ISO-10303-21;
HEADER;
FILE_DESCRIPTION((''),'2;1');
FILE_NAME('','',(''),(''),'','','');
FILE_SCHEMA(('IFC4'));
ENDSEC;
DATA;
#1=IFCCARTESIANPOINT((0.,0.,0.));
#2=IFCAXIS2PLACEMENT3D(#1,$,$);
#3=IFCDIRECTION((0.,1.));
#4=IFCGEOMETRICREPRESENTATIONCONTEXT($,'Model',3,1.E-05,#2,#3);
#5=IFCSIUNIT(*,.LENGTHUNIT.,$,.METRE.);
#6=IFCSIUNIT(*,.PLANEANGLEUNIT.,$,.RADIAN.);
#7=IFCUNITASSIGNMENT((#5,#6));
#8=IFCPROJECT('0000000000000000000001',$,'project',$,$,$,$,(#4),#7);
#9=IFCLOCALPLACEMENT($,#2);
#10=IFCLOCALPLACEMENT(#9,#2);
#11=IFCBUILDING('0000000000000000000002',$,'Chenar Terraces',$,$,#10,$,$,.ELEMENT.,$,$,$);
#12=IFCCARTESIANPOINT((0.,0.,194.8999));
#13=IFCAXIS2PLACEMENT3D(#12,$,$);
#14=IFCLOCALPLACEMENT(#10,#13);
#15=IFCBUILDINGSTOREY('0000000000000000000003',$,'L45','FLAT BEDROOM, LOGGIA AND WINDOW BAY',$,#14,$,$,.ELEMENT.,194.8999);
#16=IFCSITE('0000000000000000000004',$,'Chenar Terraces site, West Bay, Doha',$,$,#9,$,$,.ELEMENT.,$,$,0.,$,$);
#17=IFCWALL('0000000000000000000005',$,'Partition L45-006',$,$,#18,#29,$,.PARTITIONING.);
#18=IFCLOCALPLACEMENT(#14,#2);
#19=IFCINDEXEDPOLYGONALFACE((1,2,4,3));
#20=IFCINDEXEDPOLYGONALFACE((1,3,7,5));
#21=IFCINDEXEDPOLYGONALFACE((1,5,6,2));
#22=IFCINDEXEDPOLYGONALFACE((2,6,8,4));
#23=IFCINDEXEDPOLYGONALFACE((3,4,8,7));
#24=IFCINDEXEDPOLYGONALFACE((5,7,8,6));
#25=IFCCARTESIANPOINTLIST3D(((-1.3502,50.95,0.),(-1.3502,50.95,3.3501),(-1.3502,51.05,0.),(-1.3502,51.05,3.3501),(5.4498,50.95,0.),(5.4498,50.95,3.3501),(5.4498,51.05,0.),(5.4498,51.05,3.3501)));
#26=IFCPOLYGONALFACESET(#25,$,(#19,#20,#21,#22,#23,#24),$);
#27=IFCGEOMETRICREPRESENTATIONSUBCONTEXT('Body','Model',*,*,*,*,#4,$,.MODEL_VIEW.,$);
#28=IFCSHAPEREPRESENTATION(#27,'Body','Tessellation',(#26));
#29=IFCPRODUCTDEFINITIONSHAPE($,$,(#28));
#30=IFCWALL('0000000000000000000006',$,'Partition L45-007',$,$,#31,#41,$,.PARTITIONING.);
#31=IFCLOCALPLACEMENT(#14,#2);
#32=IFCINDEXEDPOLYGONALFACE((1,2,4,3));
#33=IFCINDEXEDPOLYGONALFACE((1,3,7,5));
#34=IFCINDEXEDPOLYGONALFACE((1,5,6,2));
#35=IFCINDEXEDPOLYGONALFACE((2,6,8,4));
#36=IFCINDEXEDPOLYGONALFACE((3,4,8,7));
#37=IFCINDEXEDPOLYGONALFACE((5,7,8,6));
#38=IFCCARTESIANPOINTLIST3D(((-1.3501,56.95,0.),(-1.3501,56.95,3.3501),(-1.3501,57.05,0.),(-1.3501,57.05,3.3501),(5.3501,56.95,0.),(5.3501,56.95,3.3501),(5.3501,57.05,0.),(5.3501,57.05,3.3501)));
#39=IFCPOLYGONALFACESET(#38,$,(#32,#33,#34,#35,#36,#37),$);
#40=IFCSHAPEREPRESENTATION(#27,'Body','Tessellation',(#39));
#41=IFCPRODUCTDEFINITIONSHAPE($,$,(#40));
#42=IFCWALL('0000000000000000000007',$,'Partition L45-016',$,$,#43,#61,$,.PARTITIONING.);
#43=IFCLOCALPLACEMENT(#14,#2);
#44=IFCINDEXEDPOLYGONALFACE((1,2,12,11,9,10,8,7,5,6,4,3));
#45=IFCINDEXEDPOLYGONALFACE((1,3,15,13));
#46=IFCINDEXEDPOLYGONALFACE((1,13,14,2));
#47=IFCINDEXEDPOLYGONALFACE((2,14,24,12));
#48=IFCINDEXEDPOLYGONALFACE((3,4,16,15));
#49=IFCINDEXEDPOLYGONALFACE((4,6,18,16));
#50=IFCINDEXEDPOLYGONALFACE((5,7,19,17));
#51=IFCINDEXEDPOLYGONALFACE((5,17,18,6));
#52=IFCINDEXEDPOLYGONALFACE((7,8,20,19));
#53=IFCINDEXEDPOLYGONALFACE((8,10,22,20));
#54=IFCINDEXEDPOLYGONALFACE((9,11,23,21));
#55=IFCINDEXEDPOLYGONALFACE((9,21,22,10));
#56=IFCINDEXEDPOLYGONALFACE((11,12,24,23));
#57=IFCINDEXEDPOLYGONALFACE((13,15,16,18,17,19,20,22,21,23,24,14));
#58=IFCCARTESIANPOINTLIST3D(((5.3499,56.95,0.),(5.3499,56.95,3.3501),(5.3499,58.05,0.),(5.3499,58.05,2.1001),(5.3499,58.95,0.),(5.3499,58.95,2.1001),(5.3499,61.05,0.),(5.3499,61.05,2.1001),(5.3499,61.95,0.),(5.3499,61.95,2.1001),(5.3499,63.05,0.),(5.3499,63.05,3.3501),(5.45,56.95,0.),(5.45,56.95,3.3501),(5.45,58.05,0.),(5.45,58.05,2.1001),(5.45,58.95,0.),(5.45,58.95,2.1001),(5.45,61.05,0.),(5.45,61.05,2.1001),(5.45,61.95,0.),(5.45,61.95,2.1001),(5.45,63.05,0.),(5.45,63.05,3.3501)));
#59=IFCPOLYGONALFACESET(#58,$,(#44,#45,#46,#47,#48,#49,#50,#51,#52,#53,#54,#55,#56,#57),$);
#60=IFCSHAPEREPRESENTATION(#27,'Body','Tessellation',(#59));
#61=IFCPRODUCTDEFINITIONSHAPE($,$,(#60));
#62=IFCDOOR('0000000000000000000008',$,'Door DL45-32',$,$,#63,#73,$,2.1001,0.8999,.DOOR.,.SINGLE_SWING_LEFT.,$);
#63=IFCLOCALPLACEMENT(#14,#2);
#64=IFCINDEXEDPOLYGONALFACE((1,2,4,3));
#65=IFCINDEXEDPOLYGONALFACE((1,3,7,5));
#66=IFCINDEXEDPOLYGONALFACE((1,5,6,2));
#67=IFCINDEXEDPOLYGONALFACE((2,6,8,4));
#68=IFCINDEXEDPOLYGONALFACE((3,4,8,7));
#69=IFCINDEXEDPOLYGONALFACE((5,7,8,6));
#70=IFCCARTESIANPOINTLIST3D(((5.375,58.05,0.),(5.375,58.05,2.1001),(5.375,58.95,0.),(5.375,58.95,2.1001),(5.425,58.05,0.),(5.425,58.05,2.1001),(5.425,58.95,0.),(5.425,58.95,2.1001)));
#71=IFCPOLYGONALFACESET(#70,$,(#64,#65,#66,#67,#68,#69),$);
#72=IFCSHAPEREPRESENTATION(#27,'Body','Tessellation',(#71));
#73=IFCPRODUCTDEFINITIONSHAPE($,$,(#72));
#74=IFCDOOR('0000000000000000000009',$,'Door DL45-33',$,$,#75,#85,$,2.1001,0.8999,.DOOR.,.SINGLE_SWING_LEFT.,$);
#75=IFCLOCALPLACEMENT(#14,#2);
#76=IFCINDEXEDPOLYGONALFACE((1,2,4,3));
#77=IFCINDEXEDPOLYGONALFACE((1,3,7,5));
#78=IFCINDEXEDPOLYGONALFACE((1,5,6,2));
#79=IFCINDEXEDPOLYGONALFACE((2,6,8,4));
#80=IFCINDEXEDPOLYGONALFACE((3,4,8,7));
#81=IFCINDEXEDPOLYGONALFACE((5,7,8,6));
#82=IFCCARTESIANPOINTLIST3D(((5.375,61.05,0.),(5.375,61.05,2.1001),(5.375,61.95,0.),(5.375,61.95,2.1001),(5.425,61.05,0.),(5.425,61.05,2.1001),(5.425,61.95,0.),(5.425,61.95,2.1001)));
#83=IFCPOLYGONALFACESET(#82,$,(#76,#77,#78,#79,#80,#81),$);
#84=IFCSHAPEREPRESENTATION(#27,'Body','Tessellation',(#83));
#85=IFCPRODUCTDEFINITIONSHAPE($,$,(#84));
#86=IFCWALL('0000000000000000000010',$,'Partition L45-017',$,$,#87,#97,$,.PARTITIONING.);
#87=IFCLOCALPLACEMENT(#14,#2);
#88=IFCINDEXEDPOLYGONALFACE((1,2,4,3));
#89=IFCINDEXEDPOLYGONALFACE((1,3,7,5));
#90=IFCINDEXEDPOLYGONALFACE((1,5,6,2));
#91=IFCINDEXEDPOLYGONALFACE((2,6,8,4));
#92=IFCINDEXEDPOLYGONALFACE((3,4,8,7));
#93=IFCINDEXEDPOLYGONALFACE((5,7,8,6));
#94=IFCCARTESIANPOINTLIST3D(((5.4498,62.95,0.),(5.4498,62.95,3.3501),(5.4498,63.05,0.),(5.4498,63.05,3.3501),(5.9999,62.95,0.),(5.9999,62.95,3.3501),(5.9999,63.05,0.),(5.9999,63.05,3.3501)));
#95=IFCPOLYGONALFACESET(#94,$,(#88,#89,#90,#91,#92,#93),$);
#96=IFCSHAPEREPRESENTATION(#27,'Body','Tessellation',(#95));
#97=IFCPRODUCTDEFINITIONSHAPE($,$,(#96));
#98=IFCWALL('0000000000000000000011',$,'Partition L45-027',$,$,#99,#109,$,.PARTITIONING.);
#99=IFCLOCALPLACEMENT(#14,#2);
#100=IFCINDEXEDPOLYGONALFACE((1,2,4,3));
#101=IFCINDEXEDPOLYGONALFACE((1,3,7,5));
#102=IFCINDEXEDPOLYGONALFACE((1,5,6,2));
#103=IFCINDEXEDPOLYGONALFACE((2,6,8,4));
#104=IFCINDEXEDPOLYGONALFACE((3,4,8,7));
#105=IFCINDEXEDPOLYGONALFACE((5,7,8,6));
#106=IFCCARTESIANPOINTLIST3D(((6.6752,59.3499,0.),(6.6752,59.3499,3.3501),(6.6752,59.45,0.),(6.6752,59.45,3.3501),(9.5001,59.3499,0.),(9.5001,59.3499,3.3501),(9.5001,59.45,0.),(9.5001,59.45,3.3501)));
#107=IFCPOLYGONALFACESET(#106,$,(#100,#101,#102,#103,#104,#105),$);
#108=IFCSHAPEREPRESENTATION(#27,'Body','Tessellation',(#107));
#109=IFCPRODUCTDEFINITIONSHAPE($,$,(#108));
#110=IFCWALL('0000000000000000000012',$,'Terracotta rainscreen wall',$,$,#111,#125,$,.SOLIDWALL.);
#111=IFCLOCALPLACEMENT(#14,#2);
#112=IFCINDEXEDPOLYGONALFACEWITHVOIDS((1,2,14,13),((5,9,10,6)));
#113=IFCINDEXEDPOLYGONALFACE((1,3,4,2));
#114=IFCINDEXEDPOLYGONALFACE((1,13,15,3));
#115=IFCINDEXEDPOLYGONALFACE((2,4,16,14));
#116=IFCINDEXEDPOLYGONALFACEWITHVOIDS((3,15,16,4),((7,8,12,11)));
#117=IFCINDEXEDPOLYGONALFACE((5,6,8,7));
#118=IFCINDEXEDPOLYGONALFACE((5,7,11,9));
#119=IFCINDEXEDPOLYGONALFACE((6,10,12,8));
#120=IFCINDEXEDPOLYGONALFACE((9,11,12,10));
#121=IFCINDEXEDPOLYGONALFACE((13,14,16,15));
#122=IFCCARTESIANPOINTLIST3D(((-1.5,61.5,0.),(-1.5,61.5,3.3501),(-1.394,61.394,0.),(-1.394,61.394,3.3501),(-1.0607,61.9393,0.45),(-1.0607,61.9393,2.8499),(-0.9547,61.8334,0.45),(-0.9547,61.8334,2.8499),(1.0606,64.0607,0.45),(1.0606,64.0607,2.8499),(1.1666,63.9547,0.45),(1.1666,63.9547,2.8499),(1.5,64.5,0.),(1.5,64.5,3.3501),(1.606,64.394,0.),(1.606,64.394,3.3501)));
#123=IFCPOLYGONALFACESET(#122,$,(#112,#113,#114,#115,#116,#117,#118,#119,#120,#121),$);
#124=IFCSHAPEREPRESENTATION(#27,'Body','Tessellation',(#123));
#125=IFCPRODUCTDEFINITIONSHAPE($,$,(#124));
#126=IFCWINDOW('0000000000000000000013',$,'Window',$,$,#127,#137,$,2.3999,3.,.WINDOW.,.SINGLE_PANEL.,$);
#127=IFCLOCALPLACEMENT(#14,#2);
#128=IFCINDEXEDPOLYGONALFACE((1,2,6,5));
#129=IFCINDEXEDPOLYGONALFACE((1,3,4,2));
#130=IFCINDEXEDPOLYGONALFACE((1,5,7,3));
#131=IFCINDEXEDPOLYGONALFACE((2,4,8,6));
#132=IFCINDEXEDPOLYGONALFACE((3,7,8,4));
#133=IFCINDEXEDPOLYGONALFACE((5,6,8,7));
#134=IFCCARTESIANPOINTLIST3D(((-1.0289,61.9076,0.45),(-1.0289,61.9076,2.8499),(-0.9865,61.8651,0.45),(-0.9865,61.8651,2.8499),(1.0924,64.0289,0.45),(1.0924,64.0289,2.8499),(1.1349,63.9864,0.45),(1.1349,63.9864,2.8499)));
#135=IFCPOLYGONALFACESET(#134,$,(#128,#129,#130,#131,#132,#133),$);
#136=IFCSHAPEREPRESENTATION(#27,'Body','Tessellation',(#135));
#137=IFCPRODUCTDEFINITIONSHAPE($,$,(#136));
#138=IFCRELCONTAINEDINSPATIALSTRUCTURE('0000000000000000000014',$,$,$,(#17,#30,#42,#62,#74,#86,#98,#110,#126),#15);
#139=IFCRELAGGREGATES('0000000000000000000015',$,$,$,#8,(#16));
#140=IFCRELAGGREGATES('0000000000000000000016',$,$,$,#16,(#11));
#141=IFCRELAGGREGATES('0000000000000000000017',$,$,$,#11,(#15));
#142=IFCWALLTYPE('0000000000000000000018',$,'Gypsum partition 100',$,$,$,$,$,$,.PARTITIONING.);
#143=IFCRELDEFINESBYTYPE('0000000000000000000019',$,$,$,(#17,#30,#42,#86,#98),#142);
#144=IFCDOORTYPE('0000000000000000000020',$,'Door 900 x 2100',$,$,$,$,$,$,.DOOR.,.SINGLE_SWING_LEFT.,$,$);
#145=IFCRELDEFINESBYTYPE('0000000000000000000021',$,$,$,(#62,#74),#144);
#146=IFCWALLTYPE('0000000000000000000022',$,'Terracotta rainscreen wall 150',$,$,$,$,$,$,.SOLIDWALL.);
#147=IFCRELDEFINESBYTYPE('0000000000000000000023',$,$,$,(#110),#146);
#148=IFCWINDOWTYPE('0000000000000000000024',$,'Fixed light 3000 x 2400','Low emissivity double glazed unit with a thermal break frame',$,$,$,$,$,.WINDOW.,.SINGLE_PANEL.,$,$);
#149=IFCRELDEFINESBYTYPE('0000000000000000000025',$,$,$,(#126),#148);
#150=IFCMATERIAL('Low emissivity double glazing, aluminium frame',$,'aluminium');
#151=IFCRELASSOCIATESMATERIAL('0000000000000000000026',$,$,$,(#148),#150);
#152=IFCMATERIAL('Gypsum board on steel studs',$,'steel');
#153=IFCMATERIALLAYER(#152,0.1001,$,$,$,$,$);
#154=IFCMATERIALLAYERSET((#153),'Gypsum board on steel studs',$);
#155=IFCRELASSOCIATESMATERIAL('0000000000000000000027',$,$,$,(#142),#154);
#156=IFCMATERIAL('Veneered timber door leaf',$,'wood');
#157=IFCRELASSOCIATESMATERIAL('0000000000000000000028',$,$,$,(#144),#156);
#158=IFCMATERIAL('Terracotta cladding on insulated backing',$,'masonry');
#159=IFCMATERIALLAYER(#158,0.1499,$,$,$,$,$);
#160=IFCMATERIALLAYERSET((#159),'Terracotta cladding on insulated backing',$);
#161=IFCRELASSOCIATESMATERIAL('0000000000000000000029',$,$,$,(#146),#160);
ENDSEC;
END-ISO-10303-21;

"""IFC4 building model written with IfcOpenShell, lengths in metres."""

from ifc_helpers import new_model, si_unit, direction, frame, frame_2d, origin, place, context, subcontext, project, spatial, rectangle, extrude, material, layer, layer_set, type_object, element, fill, save


model = new_model("IFC4")

# Units and contexts
model_context = context("Model", 3, precision=1e-05, world=origin(), true_north=direction((0.0, 1.0)))
body_context = subcontext(model_context, "Body", "Model", "MODEL_VIEW")
ifc_project = project(units=[si_unit("LENGTHUNIT", "METRE"), si_unit("PLANEANGLEUNIT", "RADIAN")], contexts=[model_context])

# Site, building, storey
site_placement = place(None, origin())
site = spatial("IfcSite", under=ifc_project, at=site_placement, Name="Chenar Terraces site, West Bay, Doha", CompositionType="ELEMENT", RefElevation=0.0)
building_placement = place(site_placement, origin())
building = spatial("IfcBuilding", under=site, at=building_placement, Name="Chenar Terraces", CompositionType="ELEMENT")
storey_placement = place(building_placement, frame((0.0, 0.0, 194.8999)))
storey = spatial("IfcBuildingStorey", under=building, at=storey_placement, Name="L45", Description="FLAT BEDROOM, LOGGIA AND WINDOW BAY", CompositionType="ELEMENT", Elevation=194.8999)

# Shared definitions
ifc_material_1 = material(Name="Low emissivity double glazing, aluminium frame", Category="aluminium")
window_type_1 = type_object("IfcWindowType", Name="Fixed light 3000 x 2400", Description="Low emissivity double glazed unit with a thermal break frame", PartitioningType="SINGLE_PANEL", PredefinedType="WINDOW", material=ifc_material_1)

# Walls
ifc_material_2 = material(Name="Gypsum board on steel studs", Category="steel")
ifc_layer_1 = layer(ifc_material_2, 0.1001)
ifc_layer_set_1 = layer_set([ifc_layer_1], Name="Gypsum board on steel studs")
wall_type_1 = type_object("IfcWallType", Name="Gypsum partition 100", PredefinedType="PARTITIONING", material=ifc_layer_set_1)
wall_1_placement = place(storey_placement, frame((-1.3501, 51.0, 0.0), z_axis=(0.0, 0.0, 1.0), x_axis=(1.0, 0.0, 0.0)))
element("IfcWall", 1, at=wall_1_placement, inside=storey, type_object=wall_type_1, Name="Partition L45-006", PredefinedType="PARTITIONING", context=body_context, shape_type="SweptSolid", body=[
    extrude(rectangle(XDim=6.8, YDim=0.1001, at=frame_2d((3.3999, 0.0))), origin(), (0.0, 0.0, 1.0), 3.3501),
])
wall_2_placement = place(storey_placement, frame((-1.3501, 57.0, 0.0), z_axis=(0.0, 0.0, 1.0), x_axis=(1.0, 0.0, 0.0)))
element("IfcWall", 2, at=wall_2_placement, inside=storey, type_object=wall_type_1, Name="Partition L45-007", PredefinedType="PARTITIONING", context=body_context, shape_type="SweptSolid", body=[
    extrude(rectangle(XDim=6.7002, YDim=0.1001, at=frame_2d((3.3501, 0.0))), origin(), (0.0, 0.0, 1.0), 3.3501),
])

# Wall, openings, doors
wall_3_placement = place(storey_placement, frame((5.3999, 56.95, 0.0), z_axis=(0.0, 0.0, 1.0), x_axis=(0.0, 1.0, 0.0)))
wall_3 = element("IfcWall", 3, at=wall_3_placement, inside=storey, type_object=wall_type_1, Name="Partition L45-016", PredefinedType="PARTITIONING", context=body_context, shape_type="SweptSolid", body=[
    extrude(rectangle(XDim=6.1001, YDim=0.1001, at=frame_2d((3.05, 0.0))), origin(), (0.0, 0.0, 1.0), 3.3501),
])
opening_1_placement = place(wall_3_placement, frame((1.1001, 0.0, 0.0)))
opening_1 = element("IfcOpeningElement", 4, at=opening_1_placement, cuts=wall_3, PredefinedType="OPENING", context=body_context, shape_type="SweptSolid", body=[
    extrude(rectangle(XDim=0.8999, YDim=2.1001, at=frame_2d((0.45, 1.05))), frame((0.0, 0.0601, 0.0), z_axis=(0.0, -1.0, 0.0), x_axis=(1.0, 0.0, 0.0)), (0.0, 0.0, 1.0), 0.1201),
])
opening_2_placement = place(wall_3_placement, frame((4.1001, 0.0, 0.0)))
opening_2 = element("IfcOpeningElement", 5, at=opening_2_placement, cuts=wall_3, PredefinedType="OPENING", context=body_context, shape_type="SweptSolid", body=[
    extrude(rectangle(XDim=0.8999, YDim=2.1001, at=frame_2d((0.45, 1.05))), frame((0.0, 0.0601, 0.0), z_axis=(0.0, -1.0, 0.0), x_axis=(1.0, 0.0, 0.0)), (0.0, 0.0, 1.0), 0.1201),
])
ifc_material_3 = material(Name="Veneered timber door leaf", Category="wood")
door_type_1 = type_object("IfcDoorType", Name="Door 900 x 2100", OperationType="SINGLE_SWING_LEFT", PredefinedType="DOOR", material=ifc_material_3)
door_1_placement = place(opening_1_placement, origin())
door_1 = element("IfcDoor", 6, at=door_1_placement, inside=storey, type_object=door_type_1, Name="Door DL45-32", OperationType="SINGLE_SWING_LEFT", OverallHeight=2.1001, OverallWidth=0.8999, PredefinedType="DOOR", context=body_context, shape_type="SweptSolid", body=[
    extrude(rectangle(XDim=0.8999, YDim=2.1001, at=frame_2d((0.45, 1.05))), frame((0.0, 0.0249, 0.0), z_axis=(0.0, -1.0, 0.0), x_axis=(1.0, 0.0, 0.0)), (0.0, 0.0, 1.0), 0.05),
])
fill(opening_1, door_1)
door_2_placement = place(opening_2_placement, origin())
door_2 = element("IfcDoor", 7, at=door_2_placement, inside=storey, type_object=door_type_1, Name="Door DL45-33", OperationType="SINGLE_SWING_LEFT", OverallHeight=2.1001, OverallWidth=0.8999, PredefinedType="DOOR", context=body_context, shape_type="SweptSolid", body=[
    extrude(rectangle(XDim=0.8999, YDim=2.1001, at=frame_2d((0.45, 1.05))), frame((0.0, 0.0249, 0.0), z_axis=(0.0, -1.0, 0.0), x_axis=(1.0, 0.0, 0.0)), (0.0, 0.0, 1.0), 0.05),
])
fill(opening_2, door_2)

# Walls
wall_4_placement = place(storey_placement, frame((5.45, 63.0, 0.0), z_axis=(0.0, 0.0, 1.0), x_axis=(1.0, 0.0, 0.0)))
element("IfcWall", 8, at=wall_4_placement, inside=storey, type_object=wall_type_1, Name="Partition L45-017", PredefinedType="PARTITIONING", context=body_context, shape_type="SweptSolid", body=[
    extrude(rectangle(XDim=0.55, YDim=0.1001, at=frame_2d((0.2749, 0.0))), origin(), (0.0, 0.0, 1.0), 3.3501),
])
wall_5_placement = place(storey_placement, frame((6.675, 59.3999, 0.0), z_axis=(0.0, 0.0, 1.0), x_axis=(1.0, 0.0, 0.0)))
element("IfcWall", 9, at=wall_5_placement, inside=storey, type_object=wall_type_1, Name="Partition L45-027", PredefinedType="PARTITIONING", context=body_context, shape_type="SweptSolid", body=[
    extrude(rectangle(XDim=2.825, YDim=0.1001, at=frame_2d((1.4126, 0.0))), origin(), (0.0, 0.0, 1.0), 3.3501),
])

# Wall, opening, window
ifc_material_4 = material(Name="Terracotta cladding on insulated backing", Category="masonry")
ifc_layer_2 = layer(ifc_material_4, 0.1499)
ifc_layer_set_2 = layer_set([ifc_layer_2], Name="Terracotta cladding on insulated backing")
wall_type_2 = type_object("IfcWallType", Name="Terracotta rainscreen wall 150", PredefinedType="SOLIDWALL", material=ifc_layer_set_2)
wall_6_placement = place(storey_placement, frame((1.553, 64.447, 0.0), z_axis=(0.0, 0.0, 1.0), x_axis=(-0.707107, -0.707107, 0.0)))
wall_6 = element("IfcWall", 10, at=wall_6_placement, inside=storey, type_object=wall_type_2, Name="Terracotta rainscreen wall", PredefinedType="SOLIDWALL", context=body_context, shape_type="SweptSolid", body=[
    extrude(rectangle(XDim=4.2427, YDim=0.1499, at=frame_2d((2.1213, 0.0))), origin(), (0.0, 0.0, 1.0), 3.3501),
])
opening_3_placement = place(wall_6_placement, frame((0.6213, 0.0, 0.45)))
opening_3 = element("IfcOpeningElement", 11, at=opening_3_placement, cuts=wall_6, PredefinedType="OPENING", context=body_context, shape_type="SweptSolid", body=[
    extrude(rectangle(XDim=3.0, YDim=2.3999, at=frame_2d((1.5, 1.2))), frame((0.0, 0.085, 0.0), z_axis=(0.0, -1.0, 0.0), x_axis=(1.0, 0.0, 0.0)), (0.0, 0.0, 1.0), 0.1699),
])
window_1_placement = place(opening_3_placement, origin())
window_1 = element("IfcWindow", 12, at=window_1_placement, inside=storey, type_object=window_type_1, Name="Window", OverallHeight=2.3999, OverallWidth=3.0, PartitioningType="SINGLE_PANEL", PredefinedType="WINDOW", context=body_context, shape_type="SweptSolid", body=[
    extrude(rectangle(XDim=3.0, YDim=2.3999, at=frame_2d((1.5, 1.2))), frame((0.0, 0.03, 0.0), z_axis=(0.0, -1.0, 0.0), x_axis=(1.0, 0.0, 0.0)), (0.0, 0.0, 1.0), 0.0601),
])
fill(opening_3, window_1)

save(model, "model.ifc")
